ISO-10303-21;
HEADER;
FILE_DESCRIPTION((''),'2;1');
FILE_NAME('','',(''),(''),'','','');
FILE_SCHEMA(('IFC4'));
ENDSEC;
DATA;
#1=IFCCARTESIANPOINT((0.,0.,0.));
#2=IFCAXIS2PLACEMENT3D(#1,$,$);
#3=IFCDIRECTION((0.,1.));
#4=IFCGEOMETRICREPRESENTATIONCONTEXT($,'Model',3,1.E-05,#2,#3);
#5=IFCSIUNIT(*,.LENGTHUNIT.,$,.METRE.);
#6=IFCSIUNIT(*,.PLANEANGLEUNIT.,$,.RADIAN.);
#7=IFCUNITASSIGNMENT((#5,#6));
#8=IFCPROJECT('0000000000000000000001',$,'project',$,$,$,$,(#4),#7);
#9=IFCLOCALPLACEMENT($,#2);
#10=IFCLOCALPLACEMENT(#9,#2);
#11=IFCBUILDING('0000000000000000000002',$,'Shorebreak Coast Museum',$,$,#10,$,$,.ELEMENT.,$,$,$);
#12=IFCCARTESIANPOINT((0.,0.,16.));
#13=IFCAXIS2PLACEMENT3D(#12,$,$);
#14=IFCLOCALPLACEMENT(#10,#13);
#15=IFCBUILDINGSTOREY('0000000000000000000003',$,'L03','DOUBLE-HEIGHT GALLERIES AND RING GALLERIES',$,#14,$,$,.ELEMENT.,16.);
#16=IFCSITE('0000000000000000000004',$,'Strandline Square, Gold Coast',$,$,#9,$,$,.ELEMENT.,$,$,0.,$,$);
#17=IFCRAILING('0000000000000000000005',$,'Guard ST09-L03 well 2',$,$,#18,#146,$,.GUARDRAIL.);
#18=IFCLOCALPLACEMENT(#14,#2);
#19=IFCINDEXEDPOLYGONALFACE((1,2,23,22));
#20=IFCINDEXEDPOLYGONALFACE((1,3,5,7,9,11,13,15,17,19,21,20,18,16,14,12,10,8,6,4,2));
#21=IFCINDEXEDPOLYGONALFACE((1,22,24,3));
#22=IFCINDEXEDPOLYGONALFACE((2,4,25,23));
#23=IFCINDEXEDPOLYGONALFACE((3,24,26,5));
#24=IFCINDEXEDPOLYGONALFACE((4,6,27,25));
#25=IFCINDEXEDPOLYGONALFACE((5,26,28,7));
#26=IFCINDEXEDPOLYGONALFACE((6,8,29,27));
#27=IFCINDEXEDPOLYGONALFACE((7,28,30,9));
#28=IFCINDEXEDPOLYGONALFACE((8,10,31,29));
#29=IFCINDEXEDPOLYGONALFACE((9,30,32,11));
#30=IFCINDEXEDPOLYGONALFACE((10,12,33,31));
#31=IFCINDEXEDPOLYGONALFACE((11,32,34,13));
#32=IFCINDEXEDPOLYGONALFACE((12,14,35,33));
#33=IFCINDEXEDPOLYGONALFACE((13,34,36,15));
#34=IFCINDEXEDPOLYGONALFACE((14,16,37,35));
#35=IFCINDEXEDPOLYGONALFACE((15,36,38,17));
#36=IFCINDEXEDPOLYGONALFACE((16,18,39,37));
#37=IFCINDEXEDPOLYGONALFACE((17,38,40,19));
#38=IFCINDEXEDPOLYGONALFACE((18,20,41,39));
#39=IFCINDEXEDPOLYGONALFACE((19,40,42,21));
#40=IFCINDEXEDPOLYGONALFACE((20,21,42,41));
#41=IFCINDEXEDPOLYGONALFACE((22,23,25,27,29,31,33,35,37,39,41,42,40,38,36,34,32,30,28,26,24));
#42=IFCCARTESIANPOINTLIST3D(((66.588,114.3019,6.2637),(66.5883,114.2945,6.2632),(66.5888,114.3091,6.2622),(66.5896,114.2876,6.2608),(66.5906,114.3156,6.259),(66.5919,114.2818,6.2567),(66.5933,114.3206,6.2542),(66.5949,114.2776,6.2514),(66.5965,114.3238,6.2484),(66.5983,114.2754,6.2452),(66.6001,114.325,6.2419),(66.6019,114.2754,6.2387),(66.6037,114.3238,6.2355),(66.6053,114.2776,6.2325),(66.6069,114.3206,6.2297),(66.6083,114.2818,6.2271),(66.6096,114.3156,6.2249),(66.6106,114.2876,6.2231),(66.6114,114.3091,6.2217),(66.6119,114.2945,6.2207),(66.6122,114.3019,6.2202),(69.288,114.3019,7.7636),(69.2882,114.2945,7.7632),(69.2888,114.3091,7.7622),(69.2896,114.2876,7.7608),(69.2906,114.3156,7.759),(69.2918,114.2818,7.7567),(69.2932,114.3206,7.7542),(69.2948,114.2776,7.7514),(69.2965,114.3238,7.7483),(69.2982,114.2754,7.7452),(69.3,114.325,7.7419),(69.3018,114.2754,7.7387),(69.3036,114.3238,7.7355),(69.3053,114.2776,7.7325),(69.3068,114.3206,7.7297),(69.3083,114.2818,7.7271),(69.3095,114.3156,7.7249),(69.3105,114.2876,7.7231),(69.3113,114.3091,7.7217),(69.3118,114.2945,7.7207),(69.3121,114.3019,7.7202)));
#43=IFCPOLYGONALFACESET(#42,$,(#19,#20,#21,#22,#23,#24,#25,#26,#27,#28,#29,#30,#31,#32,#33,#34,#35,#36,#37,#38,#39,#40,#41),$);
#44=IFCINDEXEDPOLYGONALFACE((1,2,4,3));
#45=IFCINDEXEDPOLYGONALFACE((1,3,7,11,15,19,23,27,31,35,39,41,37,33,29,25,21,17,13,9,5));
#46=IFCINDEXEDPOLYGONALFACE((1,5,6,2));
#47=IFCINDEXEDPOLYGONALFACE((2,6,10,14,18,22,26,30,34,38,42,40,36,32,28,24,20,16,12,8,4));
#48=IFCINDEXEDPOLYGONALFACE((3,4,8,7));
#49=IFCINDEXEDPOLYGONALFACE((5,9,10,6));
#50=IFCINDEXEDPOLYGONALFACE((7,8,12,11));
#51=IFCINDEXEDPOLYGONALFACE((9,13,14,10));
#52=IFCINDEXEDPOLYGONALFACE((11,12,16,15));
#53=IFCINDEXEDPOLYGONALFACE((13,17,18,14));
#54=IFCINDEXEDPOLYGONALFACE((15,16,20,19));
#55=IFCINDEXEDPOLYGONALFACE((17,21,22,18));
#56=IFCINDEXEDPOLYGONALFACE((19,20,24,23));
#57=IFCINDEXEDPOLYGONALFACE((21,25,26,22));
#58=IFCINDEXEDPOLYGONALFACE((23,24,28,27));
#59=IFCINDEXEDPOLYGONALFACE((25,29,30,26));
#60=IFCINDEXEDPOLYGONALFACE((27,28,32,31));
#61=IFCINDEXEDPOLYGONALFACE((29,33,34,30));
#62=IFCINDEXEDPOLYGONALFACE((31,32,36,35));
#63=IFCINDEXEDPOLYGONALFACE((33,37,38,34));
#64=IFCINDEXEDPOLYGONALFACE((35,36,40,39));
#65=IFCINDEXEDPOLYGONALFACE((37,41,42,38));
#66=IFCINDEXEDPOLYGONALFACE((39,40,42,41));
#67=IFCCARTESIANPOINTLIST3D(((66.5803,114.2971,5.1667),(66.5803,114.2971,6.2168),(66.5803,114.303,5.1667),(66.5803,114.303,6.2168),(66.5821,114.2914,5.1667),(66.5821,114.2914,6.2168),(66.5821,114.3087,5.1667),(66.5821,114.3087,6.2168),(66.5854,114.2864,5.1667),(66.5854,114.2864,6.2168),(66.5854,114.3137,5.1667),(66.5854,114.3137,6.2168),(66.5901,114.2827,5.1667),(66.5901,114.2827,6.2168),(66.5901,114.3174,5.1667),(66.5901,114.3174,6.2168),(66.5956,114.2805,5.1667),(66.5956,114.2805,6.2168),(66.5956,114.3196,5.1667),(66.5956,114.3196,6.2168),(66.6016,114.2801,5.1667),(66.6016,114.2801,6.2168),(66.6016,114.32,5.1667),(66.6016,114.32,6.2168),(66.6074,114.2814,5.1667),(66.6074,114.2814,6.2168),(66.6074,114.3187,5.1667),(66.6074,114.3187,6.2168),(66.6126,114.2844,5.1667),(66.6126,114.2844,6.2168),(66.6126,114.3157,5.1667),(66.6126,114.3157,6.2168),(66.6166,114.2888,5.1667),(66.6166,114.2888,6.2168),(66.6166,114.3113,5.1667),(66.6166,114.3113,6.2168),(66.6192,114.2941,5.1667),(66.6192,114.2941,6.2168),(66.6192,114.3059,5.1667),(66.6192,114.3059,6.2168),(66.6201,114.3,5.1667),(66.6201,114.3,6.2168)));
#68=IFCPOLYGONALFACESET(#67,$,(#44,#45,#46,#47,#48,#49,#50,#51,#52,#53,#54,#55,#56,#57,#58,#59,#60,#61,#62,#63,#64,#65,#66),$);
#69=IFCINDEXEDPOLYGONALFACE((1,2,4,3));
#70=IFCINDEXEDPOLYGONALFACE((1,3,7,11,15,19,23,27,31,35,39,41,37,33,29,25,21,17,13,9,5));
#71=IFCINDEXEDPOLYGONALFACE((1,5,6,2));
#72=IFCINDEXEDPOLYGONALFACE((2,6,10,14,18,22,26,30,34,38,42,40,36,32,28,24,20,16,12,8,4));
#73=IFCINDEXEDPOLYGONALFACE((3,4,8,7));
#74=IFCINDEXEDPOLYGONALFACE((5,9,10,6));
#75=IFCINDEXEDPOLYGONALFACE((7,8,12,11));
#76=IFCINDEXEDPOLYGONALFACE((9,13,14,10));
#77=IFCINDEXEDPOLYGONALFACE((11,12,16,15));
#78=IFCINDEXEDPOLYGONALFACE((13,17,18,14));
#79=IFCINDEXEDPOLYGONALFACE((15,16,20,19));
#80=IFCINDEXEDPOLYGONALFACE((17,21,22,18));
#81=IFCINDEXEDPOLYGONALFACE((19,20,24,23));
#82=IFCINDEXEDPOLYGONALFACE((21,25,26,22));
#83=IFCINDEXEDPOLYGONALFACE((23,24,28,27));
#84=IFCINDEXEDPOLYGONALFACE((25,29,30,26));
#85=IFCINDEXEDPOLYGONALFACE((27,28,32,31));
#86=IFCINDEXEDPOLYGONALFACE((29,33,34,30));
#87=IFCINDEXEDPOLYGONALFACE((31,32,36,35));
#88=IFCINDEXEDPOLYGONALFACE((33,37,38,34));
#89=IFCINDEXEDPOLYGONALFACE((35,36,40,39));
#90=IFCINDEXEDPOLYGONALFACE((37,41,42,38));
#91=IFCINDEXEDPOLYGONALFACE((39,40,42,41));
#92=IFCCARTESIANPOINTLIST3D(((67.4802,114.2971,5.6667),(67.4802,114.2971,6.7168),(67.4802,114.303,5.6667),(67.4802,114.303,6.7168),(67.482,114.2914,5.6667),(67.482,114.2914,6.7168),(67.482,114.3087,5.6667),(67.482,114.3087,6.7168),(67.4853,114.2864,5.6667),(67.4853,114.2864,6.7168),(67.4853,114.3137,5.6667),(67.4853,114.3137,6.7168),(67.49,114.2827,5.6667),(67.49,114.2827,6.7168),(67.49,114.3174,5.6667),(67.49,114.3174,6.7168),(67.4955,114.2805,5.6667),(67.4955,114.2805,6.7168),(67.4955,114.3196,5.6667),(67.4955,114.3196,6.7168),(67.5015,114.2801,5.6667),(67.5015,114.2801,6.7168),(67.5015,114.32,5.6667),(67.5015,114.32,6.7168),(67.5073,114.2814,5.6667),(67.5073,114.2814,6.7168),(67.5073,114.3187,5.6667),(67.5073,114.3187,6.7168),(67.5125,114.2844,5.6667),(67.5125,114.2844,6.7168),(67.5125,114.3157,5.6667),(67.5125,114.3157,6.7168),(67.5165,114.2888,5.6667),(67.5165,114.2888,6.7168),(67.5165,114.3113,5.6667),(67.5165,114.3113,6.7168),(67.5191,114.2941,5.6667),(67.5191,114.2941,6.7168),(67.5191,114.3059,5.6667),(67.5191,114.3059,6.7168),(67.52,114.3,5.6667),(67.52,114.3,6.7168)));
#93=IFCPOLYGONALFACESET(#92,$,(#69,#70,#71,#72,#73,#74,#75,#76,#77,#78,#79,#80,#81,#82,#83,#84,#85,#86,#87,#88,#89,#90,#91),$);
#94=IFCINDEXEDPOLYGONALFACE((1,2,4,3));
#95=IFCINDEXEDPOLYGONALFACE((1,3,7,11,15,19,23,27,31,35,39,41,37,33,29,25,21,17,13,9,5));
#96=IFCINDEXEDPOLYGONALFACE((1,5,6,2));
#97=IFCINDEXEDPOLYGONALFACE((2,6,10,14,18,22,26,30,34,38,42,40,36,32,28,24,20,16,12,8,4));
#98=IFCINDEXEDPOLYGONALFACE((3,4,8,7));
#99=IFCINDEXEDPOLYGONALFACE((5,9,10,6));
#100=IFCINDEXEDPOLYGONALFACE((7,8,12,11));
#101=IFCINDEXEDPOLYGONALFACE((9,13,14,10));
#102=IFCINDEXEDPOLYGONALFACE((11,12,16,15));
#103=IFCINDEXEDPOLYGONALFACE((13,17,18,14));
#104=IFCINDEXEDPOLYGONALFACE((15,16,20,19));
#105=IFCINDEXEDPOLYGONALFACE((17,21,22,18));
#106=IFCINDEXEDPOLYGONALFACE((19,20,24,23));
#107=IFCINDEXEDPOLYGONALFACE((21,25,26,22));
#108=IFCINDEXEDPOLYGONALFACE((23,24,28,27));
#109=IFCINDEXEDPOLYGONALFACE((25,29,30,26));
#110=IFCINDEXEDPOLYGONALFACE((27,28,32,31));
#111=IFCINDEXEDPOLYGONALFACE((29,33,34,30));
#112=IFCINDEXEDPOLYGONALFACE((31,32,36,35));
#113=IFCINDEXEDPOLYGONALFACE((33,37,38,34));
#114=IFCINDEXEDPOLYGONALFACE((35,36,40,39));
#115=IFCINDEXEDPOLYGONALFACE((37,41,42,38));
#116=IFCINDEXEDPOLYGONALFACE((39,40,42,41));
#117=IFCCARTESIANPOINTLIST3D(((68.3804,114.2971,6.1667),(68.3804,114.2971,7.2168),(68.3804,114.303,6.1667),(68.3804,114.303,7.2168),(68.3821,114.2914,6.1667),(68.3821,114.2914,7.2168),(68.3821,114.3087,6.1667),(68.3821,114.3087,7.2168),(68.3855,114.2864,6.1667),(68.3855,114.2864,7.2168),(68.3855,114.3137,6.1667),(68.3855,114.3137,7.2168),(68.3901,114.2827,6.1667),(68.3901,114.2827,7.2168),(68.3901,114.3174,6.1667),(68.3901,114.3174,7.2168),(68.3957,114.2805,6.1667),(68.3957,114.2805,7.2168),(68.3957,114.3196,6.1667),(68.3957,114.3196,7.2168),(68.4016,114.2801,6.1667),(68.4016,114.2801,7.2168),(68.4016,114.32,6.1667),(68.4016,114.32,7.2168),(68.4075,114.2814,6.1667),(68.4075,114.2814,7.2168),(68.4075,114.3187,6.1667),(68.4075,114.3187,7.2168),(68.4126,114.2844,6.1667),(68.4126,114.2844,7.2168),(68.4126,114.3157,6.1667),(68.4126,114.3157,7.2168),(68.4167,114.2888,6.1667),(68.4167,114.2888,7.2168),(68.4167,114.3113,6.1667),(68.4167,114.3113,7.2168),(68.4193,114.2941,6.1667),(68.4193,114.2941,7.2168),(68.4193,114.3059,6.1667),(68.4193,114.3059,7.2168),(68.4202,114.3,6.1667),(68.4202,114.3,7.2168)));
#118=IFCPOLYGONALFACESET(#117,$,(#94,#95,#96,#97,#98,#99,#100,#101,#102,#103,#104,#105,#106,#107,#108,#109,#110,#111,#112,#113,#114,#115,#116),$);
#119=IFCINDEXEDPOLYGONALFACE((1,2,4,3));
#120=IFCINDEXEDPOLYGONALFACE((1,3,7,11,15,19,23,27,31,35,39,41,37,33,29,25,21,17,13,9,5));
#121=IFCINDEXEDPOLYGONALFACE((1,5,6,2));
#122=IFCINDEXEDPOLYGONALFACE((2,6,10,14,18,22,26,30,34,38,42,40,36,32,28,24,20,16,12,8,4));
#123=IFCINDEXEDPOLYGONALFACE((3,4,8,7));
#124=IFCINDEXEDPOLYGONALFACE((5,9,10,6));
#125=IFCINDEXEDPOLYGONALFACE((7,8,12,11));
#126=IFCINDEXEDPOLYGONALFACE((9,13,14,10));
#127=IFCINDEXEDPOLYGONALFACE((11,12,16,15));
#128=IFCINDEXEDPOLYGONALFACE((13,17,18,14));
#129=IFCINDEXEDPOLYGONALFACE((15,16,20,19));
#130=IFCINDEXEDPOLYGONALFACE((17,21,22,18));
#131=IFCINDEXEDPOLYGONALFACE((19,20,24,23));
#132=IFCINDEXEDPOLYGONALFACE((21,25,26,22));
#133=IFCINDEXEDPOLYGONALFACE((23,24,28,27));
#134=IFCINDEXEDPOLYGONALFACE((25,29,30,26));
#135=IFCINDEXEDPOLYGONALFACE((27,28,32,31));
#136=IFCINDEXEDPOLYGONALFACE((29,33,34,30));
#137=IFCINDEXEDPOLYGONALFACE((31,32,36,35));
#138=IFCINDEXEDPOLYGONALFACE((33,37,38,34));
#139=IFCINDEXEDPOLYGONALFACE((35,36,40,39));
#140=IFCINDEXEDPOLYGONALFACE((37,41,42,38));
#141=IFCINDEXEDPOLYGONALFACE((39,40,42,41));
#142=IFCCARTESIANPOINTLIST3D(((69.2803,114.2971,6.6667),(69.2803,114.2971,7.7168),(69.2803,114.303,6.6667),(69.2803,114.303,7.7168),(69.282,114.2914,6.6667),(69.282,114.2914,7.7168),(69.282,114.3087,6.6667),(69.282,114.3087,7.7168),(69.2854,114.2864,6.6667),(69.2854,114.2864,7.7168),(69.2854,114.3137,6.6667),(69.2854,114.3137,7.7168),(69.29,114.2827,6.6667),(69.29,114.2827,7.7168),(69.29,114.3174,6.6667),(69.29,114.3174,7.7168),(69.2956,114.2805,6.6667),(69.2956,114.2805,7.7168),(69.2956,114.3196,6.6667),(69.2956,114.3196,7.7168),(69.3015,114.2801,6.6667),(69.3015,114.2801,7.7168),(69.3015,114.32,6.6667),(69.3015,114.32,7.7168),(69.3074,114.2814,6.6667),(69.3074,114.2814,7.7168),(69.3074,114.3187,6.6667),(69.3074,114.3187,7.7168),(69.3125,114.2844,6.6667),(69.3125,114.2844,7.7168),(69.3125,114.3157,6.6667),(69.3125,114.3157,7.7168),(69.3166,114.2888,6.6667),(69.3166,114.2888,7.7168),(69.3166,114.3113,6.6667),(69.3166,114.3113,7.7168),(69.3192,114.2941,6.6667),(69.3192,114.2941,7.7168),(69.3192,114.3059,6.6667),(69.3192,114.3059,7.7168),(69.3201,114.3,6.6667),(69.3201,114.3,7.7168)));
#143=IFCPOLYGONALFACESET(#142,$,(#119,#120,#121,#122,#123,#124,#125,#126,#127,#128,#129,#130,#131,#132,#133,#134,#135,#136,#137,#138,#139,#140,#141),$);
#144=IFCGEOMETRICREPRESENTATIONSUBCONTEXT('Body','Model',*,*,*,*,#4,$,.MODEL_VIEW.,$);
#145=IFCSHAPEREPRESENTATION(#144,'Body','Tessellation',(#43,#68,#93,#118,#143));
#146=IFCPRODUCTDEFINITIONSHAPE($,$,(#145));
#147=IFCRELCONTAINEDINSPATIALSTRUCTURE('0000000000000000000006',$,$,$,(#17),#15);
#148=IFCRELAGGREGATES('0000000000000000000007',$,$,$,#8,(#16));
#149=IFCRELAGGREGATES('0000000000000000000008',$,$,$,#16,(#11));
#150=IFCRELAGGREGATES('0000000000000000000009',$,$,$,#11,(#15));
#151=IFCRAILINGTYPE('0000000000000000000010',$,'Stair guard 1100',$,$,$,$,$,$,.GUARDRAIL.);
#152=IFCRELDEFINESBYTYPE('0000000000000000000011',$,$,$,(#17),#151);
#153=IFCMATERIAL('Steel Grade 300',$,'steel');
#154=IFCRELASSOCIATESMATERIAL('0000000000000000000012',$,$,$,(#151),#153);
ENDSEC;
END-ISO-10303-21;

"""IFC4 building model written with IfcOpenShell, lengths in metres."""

from ifc_helpers import new_model, si_unit, direction, frame, origin, origin_2d, place, context, subcontext, project, spatial, circle, extrude, material, type_object, element, save


model = new_model("IFC4")

# Units and contexts
model_context = context("Model", 3, precision=1e-05, world=origin(), true_north=direction((0.0, 1.0)))
body_context = subcontext(model_context, "Body", "Model", "MODEL_VIEW")
ifc_project = project(units=[si_unit("LENGTHUNIT", "METRE"), si_unit("PLANEANGLEUNIT", "RADIAN")], contexts=[model_context])

# Site, building, storey
site_placement = place(None, origin())
site = spatial("IfcSite", under=ifc_project, at=site_placement, Name="Strandline Square, Gold Coast", CompositionType="ELEMENT", RefElevation=0.0)
building_placement = place(site_placement, origin())
building = spatial("IfcBuilding", under=site, at=building_placement, Name="Shorebreak Coast Museum", CompositionType="ELEMENT")
storey_placement = place(building_placement, frame((0.0, 0.0, 16.0)))
storey = spatial("IfcBuildingStorey", under=building, at=storey_placement, Name="L03", Description="DOUBLE-HEIGHT GALLERIES AND RING GALLERIES", CompositionType="ELEMENT", Elevation=16.0)

# Railing
ifc_material_1 = material(Name="Steel Grade 300", Category="steel")
railing_type_1 = type_object("IfcRailingType", Name="Stair guard 1100", PredefinedType="GUARDRAIL", material=ifc_material_1)
for number, where, name in (
    (1, (66.6001, 114.3, 5.1667), "Guard ST09-L03 well 2"),
):
    element("IfcRailing", number, at=place(storey_placement, frame(where)), inside=storey, type_object=railing_type_1, Name=name, PredefinedType="GUARDRAIL", context=body_context, shape_type="SweptSolid", body=[
        extrude(circle(Radius=0.0249, at=origin_2d()), frame((0.0, 0.0, 1.0752), z_axis=(0.874154, 0.0, 0.48565), x_axis=(0.0, 1.0, 0.0)), (0.0, 0.0, 1.0), 3.0886),
        extrude(circle(Radius=0.02, at=origin_2d()), origin(), (0.0, 0.0, 1.0), 1.05),
        extrude(circle(Radius=0.02, at=origin_2d()), frame((0.8999, 0.0, 0.5)), (0.0, 0.0, 1.0), 1.05),
        extrude(circle(Radius=0.02, at=origin_2d()), frame((1.8, 0.0, 1.0)), (0.0, 0.0, 1.0), 1.05),
        extrude(circle(Radius=0.02, at=origin_2d()), frame((2.7, 0.0, 1.5)), (0.0, 0.0, 1.0), 1.05),
    ])

save(model, "model.ifc")
